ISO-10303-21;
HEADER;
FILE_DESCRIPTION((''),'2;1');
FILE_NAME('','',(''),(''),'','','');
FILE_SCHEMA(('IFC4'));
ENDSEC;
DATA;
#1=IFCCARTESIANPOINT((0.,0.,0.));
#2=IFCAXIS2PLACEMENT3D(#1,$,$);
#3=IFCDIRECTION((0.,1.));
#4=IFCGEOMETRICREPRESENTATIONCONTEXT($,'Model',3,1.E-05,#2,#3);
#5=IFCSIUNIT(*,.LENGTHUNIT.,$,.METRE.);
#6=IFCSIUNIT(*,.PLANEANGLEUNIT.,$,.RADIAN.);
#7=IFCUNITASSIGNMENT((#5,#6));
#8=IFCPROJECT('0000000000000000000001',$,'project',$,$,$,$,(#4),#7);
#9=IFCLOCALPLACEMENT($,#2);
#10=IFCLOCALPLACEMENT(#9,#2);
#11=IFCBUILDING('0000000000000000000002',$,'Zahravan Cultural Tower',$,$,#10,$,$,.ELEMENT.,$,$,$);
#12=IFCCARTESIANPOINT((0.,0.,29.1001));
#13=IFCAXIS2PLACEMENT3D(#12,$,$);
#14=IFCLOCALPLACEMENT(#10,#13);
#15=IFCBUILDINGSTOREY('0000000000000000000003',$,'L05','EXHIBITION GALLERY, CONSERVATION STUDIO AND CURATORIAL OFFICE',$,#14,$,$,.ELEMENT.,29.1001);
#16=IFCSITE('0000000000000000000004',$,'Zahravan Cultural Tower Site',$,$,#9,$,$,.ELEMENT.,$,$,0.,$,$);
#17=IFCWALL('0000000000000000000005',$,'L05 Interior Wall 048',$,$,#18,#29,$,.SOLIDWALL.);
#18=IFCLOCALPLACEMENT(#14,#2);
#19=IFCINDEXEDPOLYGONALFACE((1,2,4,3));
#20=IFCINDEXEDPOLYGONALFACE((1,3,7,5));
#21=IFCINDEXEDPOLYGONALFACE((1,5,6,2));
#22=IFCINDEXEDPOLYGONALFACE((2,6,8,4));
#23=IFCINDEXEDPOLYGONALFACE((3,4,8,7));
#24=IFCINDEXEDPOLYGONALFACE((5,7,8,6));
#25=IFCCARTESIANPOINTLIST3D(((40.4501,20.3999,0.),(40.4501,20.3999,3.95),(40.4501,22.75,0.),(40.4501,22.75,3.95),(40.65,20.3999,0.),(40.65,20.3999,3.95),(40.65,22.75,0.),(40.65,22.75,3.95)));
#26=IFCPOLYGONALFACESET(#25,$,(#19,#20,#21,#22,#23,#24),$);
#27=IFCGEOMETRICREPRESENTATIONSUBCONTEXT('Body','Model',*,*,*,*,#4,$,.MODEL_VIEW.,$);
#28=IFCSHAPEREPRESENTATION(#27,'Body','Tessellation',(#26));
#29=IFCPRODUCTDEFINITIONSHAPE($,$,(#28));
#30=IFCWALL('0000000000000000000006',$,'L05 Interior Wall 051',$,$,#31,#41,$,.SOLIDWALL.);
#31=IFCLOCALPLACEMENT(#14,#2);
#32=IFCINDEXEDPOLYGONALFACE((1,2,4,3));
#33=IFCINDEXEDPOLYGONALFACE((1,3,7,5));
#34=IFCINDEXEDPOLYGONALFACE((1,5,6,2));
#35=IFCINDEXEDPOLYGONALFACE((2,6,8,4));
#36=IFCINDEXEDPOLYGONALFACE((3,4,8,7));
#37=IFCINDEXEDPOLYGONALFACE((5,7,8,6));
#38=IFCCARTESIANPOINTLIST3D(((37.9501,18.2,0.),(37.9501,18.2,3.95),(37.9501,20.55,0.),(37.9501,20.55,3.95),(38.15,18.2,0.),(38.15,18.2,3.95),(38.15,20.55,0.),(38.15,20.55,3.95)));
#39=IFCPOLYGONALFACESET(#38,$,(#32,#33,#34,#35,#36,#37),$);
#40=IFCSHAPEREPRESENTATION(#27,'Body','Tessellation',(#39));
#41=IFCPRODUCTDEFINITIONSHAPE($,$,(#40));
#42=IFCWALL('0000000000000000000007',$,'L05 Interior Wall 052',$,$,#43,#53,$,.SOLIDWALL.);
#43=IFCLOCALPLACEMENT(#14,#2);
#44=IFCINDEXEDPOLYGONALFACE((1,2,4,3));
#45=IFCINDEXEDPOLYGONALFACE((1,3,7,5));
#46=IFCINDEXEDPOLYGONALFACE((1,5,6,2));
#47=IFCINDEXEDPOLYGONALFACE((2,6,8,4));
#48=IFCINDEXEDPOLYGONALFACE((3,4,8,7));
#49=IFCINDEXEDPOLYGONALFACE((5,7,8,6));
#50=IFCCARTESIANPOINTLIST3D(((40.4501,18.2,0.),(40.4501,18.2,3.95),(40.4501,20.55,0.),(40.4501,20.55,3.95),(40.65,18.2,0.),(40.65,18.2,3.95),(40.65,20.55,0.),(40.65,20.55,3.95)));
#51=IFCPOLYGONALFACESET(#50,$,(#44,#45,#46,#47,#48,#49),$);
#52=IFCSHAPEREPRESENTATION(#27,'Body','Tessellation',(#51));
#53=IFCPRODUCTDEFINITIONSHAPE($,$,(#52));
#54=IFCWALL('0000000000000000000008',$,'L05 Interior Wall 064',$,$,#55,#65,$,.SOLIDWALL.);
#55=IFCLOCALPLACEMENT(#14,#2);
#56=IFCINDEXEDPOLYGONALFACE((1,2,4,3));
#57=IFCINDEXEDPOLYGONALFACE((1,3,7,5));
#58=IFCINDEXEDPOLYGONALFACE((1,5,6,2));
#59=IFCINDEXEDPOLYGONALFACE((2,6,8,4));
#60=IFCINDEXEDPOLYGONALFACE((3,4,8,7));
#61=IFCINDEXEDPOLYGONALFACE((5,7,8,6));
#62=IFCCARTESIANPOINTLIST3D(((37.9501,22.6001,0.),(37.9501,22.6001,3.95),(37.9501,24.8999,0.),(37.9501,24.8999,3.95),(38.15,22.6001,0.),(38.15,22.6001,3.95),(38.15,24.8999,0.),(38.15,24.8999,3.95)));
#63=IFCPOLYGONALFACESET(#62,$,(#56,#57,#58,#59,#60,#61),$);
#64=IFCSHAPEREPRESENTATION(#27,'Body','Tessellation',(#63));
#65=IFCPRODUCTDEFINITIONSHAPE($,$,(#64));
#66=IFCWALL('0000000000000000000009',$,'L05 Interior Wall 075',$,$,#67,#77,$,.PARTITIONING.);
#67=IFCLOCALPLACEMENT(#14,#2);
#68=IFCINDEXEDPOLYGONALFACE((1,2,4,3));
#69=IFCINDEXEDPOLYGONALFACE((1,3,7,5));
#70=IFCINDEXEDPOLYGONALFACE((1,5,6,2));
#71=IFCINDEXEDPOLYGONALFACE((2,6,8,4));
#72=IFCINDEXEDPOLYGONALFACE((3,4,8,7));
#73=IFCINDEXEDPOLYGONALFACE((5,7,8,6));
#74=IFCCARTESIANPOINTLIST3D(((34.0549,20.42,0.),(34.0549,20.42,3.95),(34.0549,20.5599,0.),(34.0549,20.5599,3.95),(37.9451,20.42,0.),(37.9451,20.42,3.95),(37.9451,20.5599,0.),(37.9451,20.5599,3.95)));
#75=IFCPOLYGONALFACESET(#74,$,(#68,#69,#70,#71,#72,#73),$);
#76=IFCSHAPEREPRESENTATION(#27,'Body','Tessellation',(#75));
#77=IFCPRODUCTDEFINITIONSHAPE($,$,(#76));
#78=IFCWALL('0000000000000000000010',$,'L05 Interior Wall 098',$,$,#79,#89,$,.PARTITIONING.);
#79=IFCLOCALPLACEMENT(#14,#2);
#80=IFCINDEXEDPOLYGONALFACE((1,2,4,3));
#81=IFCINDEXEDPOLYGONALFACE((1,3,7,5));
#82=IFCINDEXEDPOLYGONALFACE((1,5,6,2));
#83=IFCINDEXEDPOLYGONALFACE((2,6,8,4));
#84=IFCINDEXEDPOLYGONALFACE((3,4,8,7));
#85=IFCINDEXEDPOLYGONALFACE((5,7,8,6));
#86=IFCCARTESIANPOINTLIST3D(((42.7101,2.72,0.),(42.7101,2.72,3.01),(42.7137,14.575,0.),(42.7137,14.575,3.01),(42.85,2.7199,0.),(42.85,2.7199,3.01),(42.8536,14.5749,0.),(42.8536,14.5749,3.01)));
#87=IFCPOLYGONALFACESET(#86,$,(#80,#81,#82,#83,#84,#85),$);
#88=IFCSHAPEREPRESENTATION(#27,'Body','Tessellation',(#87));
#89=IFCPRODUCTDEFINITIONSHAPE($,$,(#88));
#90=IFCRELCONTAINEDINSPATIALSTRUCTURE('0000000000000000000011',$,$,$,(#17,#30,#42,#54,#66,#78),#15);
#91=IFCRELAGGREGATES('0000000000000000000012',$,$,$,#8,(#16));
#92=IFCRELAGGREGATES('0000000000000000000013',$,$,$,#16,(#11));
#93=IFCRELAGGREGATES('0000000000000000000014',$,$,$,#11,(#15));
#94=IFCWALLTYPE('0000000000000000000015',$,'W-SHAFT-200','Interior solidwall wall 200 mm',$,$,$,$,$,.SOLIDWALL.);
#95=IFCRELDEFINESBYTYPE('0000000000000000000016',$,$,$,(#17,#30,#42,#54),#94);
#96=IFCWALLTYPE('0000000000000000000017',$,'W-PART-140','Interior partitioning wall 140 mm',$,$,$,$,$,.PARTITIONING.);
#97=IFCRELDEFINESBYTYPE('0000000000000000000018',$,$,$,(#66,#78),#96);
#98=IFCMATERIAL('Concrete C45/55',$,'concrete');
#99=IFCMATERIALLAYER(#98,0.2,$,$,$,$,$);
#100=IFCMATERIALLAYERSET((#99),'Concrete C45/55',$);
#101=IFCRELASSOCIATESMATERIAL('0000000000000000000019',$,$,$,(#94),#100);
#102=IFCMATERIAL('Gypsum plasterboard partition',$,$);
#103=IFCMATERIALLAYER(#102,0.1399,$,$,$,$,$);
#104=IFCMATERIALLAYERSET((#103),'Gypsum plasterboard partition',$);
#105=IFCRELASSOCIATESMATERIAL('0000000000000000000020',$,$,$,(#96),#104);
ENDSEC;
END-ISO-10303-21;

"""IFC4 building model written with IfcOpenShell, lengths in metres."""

from ifc_helpers import new_model, si_unit, direction, frame, frame_2d, origin, place, context, subcontext, project, spatial, rectangle, extrude, source, transform, mapped, material, layer, layer_set, type_object, element, save


model = new_model("IFC4")

# Units and contexts
model_context = context("Model", 3, precision=1e-05, world=origin(), true_north=direction((0.0, 1.0)))
body_context = subcontext(model_context, "Body", "Model", "MODEL_VIEW")
ifc_project = project(units=[si_unit("LENGTHUNIT", "METRE"), si_unit("PLANEANGLEUNIT", "RADIAN")], contexts=[model_context])

# Site, building, storey
site_placement = place(None, origin())
site = spatial("IfcSite", under=ifc_project, at=site_placement, Name="Zahravan Cultural Tower Site", CompositionType="ELEMENT", RefElevation=0.0)
building_placement = place(site_placement, origin())
building = spatial("IfcBuilding", under=site, at=building_placement, Name="Zahravan Cultural Tower", CompositionType="ELEMENT")
storey_placement = place(building_placement, frame((0.0, 0.0, 29.1001)))
storey = spatial("IfcBuildingStorey", under=building, at=storey_placement, Name="L05", Description="EXHIBITION GALLERY, CONSERVATION STUDIO AND CURATORIAL OFFICE", CompositionType="ELEMENT", Elevation=29.1001)

# Shared definitions
ifc_material_1 = material(Name="Concrete C45/55", Category="concrete")
ifc_layer_1 = layer(ifc_material_1, 0.2)
ifc_layer_set_1 = layer_set([ifc_layer_1], Name="Concrete C45/55")
wall_type_1 = type_object("IfcWallType", Name="W-SHAFT-200", Description="Interior solidwall wall 200 mm", PredefinedType="SOLIDWALL", material=ifc_layer_set_1)

# Walls
shared_shape_1 = source(origin(), body_context, "Body", "SweptSolid", [
    extrude(rectangle(XDim=2.3501, YDim=0.2, at=frame_2d((1.175, 0.0))), origin(), (0.0, 0.0, 1.0), 3.95),
])
for number, where, z_axis, x_axis, name in (
    (1, (40.55, 20.3999, 0.0), (0.0, 0.0, 1.0), (0.0, 1.0, 0.0), "L05 Interior Wall 048"),
    (2, (38.05, 18.2, 0.0), (0.0, 0.0, 1.0), (0.0, 1.0, 0.0), "L05 Interior Wall 051"),
    (3, (40.55, 18.2, 0.0), (0.0, 0.0, 1.0), (0.0, 1.0, 0.0), "L05 Interior Wall 052"),
):
    element("IfcWall", number, at=place(storey_placement, frame(where, z_axis=z_axis, x_axis=x_axis)), inside=storey, type_object=wall_type_1, Name=name, PredefinedType="SOLIDWALL", context=body_context, shape_type="MappedRepresentation", body=[
        mapped(shared_shape_1, transform((0.0, 0.0, 0.0), x_axis=(1.0, 0.0, 0.0), y_axis=(0.0, 1.0, 0.0), z_axis=(0.0, 0.0, 1.0), scale=1.0)),
    ])
shared_shape_2 = source(origin(), body_context, "Body", "SweptSolid", [
    extrude(rectangle(XDim=2.2998, YDim=0.2, at=frame_2d((1.1499, 0.0))), origin(), (0.0, 0.0, 1.0), 3.95),
])
wall_1_placement = place(storey_placement, frame((38.05, 22.6001, 0.0), z_axis=(0.0, 0.0, 1.0), x_axis=(0.0, 1.0, 0.0)))
element("IfcWall", 4, at=wall_1_placement, inside=storey, type_object=wall_type_1, Name="L05 Interior Wall 064", PredefinedType="SOLIDWALL", context=body_context, shape_type="MappedRepresentation", body=[
    mapped(shared_shape_2, transform((0.0, 0.0, 0.0), x_axis=(1.0, 0.0, 0.0), y_axis=(0.0, 1.0, 0.0), z_axis=(0.0, 0.0, 1.0), scale=1.0)),
])
ifc_material_2 = material(Name="Gypsum plasterboard partition")
ifc_layer_2 = layer(ifc_material_2, 0.1399)
ifc_layer_set_2 = layer_set([ifc_layer_2], Name="Gypsum plasterboard partition")
wall_type_2 = type_object("IfcWallType", Name="W-PART-140", Description="Interior partitioning wall 140 mm", PredefinedType="PARTITIONING", material=ifc_layer_set_2)
shared_shape_3 = source(origin(), body_context, "Body", "SweptSolid", [
    extrude(rectangle(XDim=3.8901, YDim=0.1399, at=frame_2d((1.9451, 0.0))), origin(), (0.0, 0.0, 1.0), 3.95),
])
wall_2_placement = place(storey_placement, frame((37.9451, 20.49, 0.0), z_axis=(0.0, 0.0, 1.0), x_axis=(-1.0, 0.0, 0.0)))
element("IfcWall", 5, at=wall_2_placement, inside=storey, type_object=wall_type_2, Name="L05 Interior Wall 075", PredefinedType="PARTITIONING", context=body_context, shape_type="MappedRepresentation", body=[
    mapped(shared_shape_3, transform((0.0, 0.0, 0.0), x_axis=(1.0, 0.0, 0.0), y_axis=(0.0, 1.0, 0.0), z_axis=(0.0, 0.0, 1.0), scale=1.0)),
])
shared_shape_4 = source(origin(), body_context, "Body", "SweptSolid", [
    extrude(rectangle(XDim=11.855, YDim=0.1399, at=frame_2d((5.9275, 0.0))), origin(), (0.0, 0.0, 1.0), 3.01),
])
wall_3_placement = place(storey_placement, frame((42.7837, 14.575, 0.0), z_axis=(0.0, 0.0, 1.0), x_axis=(-0.000309, -1.0, 0.0)))
element("IfcWall", 6, at=wall_3_placement, inside=storey, type_object=wall_type_2, Name="L05 Interior Wall 098", PredefinedType="PARTITIONING", context=body_context, shape_type="MappedRepresentation", body=[
    mapped(shared_shape_4, transform((0.0, 0.0, 0.0), x_axis=(1.0, 0.0, 0.0), y_axis=(0.0, 1.0, 0.0), z_axis=(0.0, 0.0, 1.0), scale=1.0)),
])

save(model, "model.ifc")
